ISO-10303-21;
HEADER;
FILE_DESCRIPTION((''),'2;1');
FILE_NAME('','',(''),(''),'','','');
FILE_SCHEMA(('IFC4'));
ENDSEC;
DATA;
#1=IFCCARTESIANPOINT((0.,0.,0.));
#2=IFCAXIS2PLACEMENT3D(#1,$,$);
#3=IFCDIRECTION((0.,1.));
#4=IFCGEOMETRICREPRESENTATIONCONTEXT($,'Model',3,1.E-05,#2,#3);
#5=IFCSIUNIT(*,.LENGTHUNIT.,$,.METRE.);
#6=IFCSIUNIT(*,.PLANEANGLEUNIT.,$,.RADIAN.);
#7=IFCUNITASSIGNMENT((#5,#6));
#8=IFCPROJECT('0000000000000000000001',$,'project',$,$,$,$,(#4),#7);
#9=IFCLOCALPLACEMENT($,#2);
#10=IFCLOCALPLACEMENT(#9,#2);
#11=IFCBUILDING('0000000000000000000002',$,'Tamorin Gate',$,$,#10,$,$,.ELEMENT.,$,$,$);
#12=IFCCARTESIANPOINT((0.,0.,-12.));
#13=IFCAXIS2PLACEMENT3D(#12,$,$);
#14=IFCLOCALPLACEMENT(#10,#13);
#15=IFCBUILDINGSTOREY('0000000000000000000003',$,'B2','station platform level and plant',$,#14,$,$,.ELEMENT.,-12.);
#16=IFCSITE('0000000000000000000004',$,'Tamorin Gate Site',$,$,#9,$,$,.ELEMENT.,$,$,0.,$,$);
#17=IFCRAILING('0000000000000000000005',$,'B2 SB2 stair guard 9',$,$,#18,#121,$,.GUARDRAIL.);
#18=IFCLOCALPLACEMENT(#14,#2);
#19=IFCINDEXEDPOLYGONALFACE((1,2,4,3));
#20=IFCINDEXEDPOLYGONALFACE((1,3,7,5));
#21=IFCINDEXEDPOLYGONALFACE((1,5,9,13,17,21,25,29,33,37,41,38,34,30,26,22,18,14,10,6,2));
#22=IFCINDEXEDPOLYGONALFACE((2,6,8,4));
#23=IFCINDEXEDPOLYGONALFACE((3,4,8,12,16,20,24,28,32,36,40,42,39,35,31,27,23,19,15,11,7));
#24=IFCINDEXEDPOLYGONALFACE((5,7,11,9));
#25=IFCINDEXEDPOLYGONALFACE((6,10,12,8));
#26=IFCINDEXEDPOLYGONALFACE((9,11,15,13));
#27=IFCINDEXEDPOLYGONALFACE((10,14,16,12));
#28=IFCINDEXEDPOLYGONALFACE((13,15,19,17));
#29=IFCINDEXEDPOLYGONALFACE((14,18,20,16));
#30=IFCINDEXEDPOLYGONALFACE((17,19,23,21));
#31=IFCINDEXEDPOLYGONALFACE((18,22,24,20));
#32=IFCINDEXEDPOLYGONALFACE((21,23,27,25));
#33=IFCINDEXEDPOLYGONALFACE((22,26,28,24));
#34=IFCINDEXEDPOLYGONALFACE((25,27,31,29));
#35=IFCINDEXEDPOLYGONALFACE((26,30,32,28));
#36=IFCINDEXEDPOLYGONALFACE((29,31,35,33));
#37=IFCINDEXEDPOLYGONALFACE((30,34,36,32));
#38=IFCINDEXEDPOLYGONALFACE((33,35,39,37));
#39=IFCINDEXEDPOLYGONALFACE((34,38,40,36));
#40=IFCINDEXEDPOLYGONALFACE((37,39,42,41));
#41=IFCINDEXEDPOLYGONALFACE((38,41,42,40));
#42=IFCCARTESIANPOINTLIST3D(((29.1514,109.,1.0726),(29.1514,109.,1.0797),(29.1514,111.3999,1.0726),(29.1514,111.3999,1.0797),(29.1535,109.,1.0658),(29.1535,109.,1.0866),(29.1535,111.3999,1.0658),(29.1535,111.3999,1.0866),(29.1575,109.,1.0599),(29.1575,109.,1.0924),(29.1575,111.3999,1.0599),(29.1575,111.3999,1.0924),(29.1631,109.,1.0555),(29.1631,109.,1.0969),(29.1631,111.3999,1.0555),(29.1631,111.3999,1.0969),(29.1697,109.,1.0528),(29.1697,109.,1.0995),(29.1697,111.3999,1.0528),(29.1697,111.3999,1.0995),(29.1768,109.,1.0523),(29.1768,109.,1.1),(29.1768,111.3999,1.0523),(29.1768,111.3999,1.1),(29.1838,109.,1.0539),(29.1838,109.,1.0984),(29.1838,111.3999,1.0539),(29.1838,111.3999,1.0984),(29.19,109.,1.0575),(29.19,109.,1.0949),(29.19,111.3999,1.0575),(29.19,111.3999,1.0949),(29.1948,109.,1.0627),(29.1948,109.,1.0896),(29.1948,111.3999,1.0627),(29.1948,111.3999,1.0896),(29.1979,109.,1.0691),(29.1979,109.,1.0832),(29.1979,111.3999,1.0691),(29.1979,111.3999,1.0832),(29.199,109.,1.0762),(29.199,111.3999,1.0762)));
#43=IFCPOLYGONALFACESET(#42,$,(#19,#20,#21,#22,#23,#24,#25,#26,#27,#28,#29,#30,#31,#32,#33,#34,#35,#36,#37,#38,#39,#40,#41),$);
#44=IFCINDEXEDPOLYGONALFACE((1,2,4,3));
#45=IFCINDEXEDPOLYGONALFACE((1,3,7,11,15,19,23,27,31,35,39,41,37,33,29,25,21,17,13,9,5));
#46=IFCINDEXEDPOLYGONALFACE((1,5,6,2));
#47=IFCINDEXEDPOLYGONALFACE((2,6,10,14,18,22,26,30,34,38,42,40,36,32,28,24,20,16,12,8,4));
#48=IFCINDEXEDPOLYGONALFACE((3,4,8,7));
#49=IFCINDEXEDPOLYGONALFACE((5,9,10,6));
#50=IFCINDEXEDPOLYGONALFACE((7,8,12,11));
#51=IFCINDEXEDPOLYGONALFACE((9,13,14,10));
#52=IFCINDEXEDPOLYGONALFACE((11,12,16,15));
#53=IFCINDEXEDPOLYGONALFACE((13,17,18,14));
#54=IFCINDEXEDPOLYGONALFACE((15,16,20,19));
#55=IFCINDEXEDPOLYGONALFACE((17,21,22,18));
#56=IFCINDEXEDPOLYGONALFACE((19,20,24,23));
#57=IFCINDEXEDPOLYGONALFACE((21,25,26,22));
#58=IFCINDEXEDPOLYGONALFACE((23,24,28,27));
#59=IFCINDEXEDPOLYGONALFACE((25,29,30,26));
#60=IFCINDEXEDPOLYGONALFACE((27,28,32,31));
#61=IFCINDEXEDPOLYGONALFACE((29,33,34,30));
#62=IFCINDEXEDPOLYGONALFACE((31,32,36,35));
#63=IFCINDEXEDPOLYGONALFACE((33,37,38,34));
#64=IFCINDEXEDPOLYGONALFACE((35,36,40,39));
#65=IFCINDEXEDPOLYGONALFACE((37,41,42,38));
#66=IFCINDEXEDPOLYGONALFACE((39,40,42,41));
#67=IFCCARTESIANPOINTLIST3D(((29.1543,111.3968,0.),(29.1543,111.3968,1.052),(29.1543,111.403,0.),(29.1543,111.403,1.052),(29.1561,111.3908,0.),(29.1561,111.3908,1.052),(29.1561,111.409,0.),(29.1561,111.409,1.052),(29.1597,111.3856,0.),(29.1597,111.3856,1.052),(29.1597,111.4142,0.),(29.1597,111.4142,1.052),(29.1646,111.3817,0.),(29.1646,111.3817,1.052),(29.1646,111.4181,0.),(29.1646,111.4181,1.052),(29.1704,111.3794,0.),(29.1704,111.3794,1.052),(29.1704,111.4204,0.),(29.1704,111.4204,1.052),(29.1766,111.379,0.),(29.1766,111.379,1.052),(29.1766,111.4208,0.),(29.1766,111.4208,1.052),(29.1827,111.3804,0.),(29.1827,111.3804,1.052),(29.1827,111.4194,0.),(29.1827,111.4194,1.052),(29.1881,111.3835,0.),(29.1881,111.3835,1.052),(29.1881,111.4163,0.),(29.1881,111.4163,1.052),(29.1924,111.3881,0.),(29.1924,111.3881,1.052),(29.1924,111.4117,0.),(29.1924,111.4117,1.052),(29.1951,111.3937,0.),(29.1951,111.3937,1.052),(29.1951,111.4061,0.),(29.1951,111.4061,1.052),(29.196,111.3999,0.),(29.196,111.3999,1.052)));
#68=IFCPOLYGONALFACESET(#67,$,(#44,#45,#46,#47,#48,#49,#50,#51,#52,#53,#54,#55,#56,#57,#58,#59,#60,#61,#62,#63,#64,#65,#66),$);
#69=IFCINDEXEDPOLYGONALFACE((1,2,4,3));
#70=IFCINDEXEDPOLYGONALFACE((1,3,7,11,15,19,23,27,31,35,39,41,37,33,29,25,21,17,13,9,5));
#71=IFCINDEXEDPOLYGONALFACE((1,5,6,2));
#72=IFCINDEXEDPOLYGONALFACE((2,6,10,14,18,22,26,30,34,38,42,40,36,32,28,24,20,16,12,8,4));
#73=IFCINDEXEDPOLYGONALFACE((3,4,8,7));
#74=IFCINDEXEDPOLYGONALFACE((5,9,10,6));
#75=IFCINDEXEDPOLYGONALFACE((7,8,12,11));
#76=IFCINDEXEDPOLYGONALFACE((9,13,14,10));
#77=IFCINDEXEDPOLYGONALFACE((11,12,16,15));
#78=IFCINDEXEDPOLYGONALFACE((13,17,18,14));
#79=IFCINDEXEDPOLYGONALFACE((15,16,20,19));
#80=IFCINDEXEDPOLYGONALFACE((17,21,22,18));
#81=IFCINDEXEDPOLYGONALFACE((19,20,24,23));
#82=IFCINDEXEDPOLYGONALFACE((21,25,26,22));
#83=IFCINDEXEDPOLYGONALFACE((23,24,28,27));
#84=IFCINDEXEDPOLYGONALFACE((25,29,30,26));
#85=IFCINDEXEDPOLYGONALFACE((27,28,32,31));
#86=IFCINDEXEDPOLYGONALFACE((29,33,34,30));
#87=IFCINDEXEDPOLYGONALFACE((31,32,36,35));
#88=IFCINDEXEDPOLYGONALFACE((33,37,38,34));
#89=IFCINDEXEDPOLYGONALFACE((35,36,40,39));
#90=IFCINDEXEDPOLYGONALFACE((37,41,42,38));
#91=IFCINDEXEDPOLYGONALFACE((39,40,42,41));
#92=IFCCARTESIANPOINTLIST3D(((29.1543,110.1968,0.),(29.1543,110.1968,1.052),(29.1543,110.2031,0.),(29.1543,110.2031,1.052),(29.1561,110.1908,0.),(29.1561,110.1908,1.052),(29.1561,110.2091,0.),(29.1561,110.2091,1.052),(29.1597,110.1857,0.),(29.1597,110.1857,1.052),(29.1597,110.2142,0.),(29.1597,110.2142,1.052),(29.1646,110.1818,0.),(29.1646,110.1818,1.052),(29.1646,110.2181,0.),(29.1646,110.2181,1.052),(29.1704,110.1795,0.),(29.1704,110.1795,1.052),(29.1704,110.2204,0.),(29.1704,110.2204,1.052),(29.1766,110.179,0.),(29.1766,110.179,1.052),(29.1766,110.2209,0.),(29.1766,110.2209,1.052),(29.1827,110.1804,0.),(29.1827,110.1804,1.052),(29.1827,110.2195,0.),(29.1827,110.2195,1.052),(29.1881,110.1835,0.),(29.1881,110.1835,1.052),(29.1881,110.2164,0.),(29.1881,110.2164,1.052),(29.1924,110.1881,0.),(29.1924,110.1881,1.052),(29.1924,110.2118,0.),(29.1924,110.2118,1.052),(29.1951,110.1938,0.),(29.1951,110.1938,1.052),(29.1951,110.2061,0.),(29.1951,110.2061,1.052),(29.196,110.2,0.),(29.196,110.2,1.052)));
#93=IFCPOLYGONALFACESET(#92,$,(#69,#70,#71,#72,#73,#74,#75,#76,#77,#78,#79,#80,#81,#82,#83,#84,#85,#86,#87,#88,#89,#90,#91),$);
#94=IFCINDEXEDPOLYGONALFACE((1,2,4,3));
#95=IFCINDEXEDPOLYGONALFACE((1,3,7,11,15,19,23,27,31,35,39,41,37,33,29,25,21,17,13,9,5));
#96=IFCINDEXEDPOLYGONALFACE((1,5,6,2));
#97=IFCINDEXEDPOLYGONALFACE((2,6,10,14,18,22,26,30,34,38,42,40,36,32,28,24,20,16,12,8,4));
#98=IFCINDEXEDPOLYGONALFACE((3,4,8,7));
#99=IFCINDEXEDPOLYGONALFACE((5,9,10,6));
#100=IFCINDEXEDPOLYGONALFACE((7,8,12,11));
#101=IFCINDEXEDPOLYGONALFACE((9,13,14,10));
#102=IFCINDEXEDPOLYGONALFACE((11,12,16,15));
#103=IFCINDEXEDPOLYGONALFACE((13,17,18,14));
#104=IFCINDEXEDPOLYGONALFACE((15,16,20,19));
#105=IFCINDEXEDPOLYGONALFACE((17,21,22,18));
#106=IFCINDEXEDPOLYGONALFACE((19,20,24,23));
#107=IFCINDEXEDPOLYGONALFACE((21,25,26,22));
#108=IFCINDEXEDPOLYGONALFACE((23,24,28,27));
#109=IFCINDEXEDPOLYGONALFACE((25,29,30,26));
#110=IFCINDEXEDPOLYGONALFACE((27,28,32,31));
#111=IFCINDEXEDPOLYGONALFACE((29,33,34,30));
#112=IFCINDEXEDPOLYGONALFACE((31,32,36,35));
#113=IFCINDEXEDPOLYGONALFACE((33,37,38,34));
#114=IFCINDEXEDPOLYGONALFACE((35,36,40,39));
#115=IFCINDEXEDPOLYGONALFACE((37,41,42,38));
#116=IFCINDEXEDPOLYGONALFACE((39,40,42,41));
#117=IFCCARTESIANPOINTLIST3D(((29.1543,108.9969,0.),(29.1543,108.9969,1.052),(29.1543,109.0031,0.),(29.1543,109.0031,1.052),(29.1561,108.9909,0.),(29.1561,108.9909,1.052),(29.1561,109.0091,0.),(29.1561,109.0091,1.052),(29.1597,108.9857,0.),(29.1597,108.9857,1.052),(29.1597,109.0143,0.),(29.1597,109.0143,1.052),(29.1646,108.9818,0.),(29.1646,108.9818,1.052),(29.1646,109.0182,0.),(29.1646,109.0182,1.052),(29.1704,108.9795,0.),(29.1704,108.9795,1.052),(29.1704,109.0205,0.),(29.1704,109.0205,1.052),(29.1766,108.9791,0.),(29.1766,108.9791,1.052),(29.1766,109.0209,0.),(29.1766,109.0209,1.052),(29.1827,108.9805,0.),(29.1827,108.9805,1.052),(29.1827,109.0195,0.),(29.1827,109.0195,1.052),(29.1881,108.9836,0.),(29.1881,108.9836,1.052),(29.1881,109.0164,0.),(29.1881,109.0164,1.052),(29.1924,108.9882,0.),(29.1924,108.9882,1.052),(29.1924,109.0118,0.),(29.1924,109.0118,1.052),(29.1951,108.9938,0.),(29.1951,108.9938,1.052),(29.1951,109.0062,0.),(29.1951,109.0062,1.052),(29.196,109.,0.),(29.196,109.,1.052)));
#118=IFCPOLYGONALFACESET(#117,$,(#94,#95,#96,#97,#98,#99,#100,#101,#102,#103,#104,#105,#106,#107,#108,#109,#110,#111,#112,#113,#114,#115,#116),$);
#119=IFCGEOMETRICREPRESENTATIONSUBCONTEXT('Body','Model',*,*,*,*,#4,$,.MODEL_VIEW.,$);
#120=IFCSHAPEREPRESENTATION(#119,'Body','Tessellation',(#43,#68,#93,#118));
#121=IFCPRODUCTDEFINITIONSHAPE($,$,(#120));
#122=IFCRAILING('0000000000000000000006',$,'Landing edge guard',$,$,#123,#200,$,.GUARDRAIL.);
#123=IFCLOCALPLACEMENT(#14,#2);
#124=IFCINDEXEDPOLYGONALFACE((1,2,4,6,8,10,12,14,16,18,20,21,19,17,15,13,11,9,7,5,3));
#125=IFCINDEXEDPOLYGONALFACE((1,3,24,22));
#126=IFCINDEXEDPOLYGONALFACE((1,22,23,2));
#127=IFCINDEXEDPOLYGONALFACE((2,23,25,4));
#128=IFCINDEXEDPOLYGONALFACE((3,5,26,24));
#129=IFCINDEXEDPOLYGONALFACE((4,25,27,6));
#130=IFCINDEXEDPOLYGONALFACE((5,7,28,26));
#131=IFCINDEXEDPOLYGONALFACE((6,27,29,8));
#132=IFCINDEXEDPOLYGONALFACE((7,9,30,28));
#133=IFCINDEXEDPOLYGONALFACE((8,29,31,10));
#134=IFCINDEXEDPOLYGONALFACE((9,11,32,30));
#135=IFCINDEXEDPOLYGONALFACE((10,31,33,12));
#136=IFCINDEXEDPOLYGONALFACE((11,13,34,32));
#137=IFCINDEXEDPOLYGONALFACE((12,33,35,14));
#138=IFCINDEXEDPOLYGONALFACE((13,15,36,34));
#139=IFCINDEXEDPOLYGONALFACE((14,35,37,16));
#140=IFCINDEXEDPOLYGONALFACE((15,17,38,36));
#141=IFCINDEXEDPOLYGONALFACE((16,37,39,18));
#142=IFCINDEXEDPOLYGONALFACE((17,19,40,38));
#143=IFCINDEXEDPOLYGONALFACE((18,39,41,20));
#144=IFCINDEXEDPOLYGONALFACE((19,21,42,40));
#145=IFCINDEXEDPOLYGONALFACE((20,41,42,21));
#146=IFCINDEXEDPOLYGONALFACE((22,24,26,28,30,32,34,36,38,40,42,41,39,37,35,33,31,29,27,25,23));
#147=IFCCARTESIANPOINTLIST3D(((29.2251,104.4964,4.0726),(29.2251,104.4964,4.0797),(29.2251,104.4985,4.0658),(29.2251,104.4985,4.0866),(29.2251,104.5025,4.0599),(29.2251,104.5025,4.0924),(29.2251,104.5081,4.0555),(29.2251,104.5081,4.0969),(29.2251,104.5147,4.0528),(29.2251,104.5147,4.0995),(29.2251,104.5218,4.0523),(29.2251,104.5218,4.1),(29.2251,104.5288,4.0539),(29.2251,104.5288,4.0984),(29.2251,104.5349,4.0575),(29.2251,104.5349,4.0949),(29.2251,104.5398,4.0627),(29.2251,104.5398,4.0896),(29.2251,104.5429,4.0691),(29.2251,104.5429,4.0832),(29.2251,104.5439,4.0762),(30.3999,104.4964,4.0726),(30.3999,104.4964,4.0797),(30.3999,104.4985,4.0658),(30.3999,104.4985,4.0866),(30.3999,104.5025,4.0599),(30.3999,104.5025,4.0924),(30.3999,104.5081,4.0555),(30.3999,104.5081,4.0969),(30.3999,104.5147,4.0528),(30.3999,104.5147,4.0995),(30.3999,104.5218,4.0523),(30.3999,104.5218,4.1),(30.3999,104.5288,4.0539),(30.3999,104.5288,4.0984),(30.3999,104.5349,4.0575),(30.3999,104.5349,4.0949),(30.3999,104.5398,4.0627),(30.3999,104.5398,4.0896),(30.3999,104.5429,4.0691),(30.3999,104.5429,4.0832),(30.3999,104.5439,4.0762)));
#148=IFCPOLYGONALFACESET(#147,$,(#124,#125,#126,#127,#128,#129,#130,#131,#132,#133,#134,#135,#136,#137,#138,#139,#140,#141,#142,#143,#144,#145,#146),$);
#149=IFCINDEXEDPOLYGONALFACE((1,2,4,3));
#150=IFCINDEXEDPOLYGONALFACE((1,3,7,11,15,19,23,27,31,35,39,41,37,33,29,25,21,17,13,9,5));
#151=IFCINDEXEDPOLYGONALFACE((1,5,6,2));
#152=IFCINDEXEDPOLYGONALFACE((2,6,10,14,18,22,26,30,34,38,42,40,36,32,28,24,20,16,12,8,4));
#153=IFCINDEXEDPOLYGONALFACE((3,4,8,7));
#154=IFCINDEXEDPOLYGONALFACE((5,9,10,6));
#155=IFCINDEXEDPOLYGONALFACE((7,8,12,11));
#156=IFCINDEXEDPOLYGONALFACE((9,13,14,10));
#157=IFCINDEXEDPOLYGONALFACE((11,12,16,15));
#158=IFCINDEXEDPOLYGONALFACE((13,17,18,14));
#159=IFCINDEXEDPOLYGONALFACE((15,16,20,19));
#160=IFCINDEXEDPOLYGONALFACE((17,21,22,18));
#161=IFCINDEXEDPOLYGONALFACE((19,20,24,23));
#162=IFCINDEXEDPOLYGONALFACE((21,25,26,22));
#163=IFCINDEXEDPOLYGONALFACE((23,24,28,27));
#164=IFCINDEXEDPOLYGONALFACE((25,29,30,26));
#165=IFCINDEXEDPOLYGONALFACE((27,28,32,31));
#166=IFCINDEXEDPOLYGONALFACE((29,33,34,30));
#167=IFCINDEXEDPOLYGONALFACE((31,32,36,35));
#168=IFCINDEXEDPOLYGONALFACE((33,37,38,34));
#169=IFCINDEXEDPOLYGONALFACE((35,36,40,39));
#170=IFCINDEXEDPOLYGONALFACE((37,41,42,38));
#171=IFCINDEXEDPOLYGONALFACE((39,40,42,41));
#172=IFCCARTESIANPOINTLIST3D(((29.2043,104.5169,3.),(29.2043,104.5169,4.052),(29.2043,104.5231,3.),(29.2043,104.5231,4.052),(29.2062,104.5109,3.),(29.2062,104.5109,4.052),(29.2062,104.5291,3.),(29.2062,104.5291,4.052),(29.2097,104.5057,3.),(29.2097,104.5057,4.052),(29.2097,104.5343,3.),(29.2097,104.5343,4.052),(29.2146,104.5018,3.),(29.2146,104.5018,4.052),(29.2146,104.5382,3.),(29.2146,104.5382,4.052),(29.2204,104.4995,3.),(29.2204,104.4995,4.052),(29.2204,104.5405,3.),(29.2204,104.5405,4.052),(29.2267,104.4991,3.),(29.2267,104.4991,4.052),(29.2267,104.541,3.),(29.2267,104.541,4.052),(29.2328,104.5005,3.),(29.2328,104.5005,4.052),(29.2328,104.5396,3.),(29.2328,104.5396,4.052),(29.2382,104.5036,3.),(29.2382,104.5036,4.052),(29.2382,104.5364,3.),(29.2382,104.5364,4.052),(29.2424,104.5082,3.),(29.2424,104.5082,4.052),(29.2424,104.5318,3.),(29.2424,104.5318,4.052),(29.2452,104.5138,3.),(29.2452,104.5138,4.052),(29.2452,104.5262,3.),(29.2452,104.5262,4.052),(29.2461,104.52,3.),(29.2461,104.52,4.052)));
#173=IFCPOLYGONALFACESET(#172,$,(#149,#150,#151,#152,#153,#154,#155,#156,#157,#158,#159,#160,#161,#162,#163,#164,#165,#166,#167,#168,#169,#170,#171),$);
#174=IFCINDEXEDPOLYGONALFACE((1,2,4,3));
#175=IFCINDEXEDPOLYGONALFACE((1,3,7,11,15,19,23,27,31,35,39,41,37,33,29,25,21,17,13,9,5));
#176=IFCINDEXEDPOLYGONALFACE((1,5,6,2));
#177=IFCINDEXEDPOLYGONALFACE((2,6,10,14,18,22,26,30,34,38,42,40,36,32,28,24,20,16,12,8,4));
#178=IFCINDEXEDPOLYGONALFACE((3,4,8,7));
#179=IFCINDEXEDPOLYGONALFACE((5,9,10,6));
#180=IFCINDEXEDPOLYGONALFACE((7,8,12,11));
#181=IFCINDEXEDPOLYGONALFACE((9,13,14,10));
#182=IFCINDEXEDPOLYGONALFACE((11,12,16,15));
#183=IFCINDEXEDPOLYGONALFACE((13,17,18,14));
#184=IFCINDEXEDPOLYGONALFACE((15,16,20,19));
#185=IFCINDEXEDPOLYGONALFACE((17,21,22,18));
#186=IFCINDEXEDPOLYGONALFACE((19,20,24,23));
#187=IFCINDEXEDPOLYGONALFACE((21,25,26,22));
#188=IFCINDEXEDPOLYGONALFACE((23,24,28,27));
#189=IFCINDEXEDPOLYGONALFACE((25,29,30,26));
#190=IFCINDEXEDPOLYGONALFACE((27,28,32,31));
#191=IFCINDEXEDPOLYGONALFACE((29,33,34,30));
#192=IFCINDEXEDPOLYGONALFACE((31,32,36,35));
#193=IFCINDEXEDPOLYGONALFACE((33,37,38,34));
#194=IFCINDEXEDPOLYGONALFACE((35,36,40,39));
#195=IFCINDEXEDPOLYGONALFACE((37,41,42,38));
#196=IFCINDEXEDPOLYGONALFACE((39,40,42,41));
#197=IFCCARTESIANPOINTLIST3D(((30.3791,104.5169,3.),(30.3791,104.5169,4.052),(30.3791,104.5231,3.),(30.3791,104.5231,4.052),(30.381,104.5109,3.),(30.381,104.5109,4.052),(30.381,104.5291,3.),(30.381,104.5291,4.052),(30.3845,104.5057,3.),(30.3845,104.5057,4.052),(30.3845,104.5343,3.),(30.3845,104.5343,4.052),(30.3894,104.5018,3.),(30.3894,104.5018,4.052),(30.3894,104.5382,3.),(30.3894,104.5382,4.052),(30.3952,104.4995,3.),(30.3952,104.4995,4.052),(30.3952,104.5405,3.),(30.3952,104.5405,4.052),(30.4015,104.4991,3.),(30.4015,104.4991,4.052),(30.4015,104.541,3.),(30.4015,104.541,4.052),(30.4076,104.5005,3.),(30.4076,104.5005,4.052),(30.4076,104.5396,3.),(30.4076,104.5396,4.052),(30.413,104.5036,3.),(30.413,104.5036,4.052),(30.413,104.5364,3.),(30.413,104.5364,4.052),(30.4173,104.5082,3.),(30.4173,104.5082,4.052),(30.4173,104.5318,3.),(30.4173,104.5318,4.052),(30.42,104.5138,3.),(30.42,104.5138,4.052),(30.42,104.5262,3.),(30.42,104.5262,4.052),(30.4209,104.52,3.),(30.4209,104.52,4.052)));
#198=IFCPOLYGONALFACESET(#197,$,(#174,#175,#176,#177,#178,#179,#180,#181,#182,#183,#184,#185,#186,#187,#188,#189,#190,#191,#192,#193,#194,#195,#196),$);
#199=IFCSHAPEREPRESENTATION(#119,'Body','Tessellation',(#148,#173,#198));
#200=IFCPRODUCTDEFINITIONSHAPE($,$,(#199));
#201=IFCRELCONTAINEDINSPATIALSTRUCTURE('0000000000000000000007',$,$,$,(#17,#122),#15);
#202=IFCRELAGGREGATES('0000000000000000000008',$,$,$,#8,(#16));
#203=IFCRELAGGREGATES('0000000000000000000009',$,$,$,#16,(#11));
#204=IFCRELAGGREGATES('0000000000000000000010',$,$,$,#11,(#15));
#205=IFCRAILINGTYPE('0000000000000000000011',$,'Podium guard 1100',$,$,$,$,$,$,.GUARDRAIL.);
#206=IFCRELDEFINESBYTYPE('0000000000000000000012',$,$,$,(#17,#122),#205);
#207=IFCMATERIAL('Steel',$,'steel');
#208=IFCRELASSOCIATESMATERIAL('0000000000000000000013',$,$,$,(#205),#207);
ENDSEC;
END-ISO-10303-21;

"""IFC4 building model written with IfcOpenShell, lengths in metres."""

from ifc_helpers import new_model, si_unit, direction, frame, origin, origin_2d, place, context, subcontext, project, spatial, circle, extrude, material, type_object, element, save


model = new_model("IFC4")

# Units and contexts
model_context = context("Model", 3, precision=1e-05, world=origin(), true_north=direction((0.0, 1.0)))
body_context = subcontext(model_context, "Body", "Model", "MODEL_VIEW")
ifc_project = project(units=[si_unit("LENGTHUNIT", "METRE"), si_unit("PLANEANGLEUNIT", "RADIAN")], contexts=[model_context])

# Site, building, storey
site_placement = place(None, origin())
site = spatial("IfcSite", under=ifc_project, at=site_placement, Name="Tamorin Gate Site", CompositionType="ELEMENT", RefElevation=0.0)
building_placement = place(site_placement, origin())
building = spatial("IfcBuilding", under=site, at=building_placement, Name="Tamorin Gate", CompositionType="ELEMENT")
storey_placement = place(building_placement, frame((0.0, 0.0, -12.0)))
storey = spatial("IfcBuildingStorey", under=building, at=storey_placement, Name="B2", Description="station platform level and plant", CompositionType="ELEMENT", Elevation=-12.0)

# Railings
ifc_material_1 = material(Name="Steel", Category="steel")
railing_type_1 = type_object("IfcRailingType", Name="Podium guard 1100", PredefinedType="GUARDRAIL", material=ifc_material_1)
for number, where, name in (
    (1, (29.175, 111.3999, 0.0), "B2 SB2 stair guard 9"),
):
    element("IfcRailing", number, at=place(storey_placement, frame(where)), inside=storey, type_object=railing_type_1, Name=name, PredefinedType="GUARDRAIL", context=body_context, shape_type="SweptSolid", body=[
        extrude(circle(Radius=0.0239, at=origin_2d()), frame((0.0, 0.0, 1.0762), z_axis=(0.0, -1.0, 0.0), x_axis=(1.0, 0.0, 0.0)), (0.0, 0.0, 1.0), 2.3999),
        extrude(circle(Radius=0.021, at=origin_2d()), origin(), (0.0, 0.0, 1.0), 1.052),
        extrude(circle(Radius=0.021, at=origin_2d()), frame((0.0, -1.2, 0.0)), (0.0, 0.0, 1.0), 1.052),
        extrude(circle(Radius=0.021, at=origin_2d()), frame((0.0, -2.3999, 0.0)), (0.0, 0.0, 1.0), 1.052),
    ])
railing_1_placement = place(storey_placement, frame((29.2251, 104.52, 3.0)))
element("IfcRailing", 2, at=railing_1_placement, inside=storey, type_object=railing_type_1, Name="Landing edge guard", PredefinedType="GUARDRAIL", context=body_context, shape_type="SweptSolid", body=[
    extrude(circle(Radius=0.0239, at=origin_2d()), frame((0.0, 0.0, 1.0762), z_axis=(1.0, 0.0, 0.0), x_axis=(0.0, 1.0, 0.0)), (0.0, 0.0, 1.0), 1.1748),
    extrude(circle(Radius=0.021, at=origin_2d()), origin(), (0.0, 0.0, 1.0), 1.052),
    extrude(circle(Radius=0.021, at=origin_2d()), frame((1.1748, 0.0, 0.0)), (0.0, 0.0, 1.0), 1.052),
])

save(model, "model.ifc")
